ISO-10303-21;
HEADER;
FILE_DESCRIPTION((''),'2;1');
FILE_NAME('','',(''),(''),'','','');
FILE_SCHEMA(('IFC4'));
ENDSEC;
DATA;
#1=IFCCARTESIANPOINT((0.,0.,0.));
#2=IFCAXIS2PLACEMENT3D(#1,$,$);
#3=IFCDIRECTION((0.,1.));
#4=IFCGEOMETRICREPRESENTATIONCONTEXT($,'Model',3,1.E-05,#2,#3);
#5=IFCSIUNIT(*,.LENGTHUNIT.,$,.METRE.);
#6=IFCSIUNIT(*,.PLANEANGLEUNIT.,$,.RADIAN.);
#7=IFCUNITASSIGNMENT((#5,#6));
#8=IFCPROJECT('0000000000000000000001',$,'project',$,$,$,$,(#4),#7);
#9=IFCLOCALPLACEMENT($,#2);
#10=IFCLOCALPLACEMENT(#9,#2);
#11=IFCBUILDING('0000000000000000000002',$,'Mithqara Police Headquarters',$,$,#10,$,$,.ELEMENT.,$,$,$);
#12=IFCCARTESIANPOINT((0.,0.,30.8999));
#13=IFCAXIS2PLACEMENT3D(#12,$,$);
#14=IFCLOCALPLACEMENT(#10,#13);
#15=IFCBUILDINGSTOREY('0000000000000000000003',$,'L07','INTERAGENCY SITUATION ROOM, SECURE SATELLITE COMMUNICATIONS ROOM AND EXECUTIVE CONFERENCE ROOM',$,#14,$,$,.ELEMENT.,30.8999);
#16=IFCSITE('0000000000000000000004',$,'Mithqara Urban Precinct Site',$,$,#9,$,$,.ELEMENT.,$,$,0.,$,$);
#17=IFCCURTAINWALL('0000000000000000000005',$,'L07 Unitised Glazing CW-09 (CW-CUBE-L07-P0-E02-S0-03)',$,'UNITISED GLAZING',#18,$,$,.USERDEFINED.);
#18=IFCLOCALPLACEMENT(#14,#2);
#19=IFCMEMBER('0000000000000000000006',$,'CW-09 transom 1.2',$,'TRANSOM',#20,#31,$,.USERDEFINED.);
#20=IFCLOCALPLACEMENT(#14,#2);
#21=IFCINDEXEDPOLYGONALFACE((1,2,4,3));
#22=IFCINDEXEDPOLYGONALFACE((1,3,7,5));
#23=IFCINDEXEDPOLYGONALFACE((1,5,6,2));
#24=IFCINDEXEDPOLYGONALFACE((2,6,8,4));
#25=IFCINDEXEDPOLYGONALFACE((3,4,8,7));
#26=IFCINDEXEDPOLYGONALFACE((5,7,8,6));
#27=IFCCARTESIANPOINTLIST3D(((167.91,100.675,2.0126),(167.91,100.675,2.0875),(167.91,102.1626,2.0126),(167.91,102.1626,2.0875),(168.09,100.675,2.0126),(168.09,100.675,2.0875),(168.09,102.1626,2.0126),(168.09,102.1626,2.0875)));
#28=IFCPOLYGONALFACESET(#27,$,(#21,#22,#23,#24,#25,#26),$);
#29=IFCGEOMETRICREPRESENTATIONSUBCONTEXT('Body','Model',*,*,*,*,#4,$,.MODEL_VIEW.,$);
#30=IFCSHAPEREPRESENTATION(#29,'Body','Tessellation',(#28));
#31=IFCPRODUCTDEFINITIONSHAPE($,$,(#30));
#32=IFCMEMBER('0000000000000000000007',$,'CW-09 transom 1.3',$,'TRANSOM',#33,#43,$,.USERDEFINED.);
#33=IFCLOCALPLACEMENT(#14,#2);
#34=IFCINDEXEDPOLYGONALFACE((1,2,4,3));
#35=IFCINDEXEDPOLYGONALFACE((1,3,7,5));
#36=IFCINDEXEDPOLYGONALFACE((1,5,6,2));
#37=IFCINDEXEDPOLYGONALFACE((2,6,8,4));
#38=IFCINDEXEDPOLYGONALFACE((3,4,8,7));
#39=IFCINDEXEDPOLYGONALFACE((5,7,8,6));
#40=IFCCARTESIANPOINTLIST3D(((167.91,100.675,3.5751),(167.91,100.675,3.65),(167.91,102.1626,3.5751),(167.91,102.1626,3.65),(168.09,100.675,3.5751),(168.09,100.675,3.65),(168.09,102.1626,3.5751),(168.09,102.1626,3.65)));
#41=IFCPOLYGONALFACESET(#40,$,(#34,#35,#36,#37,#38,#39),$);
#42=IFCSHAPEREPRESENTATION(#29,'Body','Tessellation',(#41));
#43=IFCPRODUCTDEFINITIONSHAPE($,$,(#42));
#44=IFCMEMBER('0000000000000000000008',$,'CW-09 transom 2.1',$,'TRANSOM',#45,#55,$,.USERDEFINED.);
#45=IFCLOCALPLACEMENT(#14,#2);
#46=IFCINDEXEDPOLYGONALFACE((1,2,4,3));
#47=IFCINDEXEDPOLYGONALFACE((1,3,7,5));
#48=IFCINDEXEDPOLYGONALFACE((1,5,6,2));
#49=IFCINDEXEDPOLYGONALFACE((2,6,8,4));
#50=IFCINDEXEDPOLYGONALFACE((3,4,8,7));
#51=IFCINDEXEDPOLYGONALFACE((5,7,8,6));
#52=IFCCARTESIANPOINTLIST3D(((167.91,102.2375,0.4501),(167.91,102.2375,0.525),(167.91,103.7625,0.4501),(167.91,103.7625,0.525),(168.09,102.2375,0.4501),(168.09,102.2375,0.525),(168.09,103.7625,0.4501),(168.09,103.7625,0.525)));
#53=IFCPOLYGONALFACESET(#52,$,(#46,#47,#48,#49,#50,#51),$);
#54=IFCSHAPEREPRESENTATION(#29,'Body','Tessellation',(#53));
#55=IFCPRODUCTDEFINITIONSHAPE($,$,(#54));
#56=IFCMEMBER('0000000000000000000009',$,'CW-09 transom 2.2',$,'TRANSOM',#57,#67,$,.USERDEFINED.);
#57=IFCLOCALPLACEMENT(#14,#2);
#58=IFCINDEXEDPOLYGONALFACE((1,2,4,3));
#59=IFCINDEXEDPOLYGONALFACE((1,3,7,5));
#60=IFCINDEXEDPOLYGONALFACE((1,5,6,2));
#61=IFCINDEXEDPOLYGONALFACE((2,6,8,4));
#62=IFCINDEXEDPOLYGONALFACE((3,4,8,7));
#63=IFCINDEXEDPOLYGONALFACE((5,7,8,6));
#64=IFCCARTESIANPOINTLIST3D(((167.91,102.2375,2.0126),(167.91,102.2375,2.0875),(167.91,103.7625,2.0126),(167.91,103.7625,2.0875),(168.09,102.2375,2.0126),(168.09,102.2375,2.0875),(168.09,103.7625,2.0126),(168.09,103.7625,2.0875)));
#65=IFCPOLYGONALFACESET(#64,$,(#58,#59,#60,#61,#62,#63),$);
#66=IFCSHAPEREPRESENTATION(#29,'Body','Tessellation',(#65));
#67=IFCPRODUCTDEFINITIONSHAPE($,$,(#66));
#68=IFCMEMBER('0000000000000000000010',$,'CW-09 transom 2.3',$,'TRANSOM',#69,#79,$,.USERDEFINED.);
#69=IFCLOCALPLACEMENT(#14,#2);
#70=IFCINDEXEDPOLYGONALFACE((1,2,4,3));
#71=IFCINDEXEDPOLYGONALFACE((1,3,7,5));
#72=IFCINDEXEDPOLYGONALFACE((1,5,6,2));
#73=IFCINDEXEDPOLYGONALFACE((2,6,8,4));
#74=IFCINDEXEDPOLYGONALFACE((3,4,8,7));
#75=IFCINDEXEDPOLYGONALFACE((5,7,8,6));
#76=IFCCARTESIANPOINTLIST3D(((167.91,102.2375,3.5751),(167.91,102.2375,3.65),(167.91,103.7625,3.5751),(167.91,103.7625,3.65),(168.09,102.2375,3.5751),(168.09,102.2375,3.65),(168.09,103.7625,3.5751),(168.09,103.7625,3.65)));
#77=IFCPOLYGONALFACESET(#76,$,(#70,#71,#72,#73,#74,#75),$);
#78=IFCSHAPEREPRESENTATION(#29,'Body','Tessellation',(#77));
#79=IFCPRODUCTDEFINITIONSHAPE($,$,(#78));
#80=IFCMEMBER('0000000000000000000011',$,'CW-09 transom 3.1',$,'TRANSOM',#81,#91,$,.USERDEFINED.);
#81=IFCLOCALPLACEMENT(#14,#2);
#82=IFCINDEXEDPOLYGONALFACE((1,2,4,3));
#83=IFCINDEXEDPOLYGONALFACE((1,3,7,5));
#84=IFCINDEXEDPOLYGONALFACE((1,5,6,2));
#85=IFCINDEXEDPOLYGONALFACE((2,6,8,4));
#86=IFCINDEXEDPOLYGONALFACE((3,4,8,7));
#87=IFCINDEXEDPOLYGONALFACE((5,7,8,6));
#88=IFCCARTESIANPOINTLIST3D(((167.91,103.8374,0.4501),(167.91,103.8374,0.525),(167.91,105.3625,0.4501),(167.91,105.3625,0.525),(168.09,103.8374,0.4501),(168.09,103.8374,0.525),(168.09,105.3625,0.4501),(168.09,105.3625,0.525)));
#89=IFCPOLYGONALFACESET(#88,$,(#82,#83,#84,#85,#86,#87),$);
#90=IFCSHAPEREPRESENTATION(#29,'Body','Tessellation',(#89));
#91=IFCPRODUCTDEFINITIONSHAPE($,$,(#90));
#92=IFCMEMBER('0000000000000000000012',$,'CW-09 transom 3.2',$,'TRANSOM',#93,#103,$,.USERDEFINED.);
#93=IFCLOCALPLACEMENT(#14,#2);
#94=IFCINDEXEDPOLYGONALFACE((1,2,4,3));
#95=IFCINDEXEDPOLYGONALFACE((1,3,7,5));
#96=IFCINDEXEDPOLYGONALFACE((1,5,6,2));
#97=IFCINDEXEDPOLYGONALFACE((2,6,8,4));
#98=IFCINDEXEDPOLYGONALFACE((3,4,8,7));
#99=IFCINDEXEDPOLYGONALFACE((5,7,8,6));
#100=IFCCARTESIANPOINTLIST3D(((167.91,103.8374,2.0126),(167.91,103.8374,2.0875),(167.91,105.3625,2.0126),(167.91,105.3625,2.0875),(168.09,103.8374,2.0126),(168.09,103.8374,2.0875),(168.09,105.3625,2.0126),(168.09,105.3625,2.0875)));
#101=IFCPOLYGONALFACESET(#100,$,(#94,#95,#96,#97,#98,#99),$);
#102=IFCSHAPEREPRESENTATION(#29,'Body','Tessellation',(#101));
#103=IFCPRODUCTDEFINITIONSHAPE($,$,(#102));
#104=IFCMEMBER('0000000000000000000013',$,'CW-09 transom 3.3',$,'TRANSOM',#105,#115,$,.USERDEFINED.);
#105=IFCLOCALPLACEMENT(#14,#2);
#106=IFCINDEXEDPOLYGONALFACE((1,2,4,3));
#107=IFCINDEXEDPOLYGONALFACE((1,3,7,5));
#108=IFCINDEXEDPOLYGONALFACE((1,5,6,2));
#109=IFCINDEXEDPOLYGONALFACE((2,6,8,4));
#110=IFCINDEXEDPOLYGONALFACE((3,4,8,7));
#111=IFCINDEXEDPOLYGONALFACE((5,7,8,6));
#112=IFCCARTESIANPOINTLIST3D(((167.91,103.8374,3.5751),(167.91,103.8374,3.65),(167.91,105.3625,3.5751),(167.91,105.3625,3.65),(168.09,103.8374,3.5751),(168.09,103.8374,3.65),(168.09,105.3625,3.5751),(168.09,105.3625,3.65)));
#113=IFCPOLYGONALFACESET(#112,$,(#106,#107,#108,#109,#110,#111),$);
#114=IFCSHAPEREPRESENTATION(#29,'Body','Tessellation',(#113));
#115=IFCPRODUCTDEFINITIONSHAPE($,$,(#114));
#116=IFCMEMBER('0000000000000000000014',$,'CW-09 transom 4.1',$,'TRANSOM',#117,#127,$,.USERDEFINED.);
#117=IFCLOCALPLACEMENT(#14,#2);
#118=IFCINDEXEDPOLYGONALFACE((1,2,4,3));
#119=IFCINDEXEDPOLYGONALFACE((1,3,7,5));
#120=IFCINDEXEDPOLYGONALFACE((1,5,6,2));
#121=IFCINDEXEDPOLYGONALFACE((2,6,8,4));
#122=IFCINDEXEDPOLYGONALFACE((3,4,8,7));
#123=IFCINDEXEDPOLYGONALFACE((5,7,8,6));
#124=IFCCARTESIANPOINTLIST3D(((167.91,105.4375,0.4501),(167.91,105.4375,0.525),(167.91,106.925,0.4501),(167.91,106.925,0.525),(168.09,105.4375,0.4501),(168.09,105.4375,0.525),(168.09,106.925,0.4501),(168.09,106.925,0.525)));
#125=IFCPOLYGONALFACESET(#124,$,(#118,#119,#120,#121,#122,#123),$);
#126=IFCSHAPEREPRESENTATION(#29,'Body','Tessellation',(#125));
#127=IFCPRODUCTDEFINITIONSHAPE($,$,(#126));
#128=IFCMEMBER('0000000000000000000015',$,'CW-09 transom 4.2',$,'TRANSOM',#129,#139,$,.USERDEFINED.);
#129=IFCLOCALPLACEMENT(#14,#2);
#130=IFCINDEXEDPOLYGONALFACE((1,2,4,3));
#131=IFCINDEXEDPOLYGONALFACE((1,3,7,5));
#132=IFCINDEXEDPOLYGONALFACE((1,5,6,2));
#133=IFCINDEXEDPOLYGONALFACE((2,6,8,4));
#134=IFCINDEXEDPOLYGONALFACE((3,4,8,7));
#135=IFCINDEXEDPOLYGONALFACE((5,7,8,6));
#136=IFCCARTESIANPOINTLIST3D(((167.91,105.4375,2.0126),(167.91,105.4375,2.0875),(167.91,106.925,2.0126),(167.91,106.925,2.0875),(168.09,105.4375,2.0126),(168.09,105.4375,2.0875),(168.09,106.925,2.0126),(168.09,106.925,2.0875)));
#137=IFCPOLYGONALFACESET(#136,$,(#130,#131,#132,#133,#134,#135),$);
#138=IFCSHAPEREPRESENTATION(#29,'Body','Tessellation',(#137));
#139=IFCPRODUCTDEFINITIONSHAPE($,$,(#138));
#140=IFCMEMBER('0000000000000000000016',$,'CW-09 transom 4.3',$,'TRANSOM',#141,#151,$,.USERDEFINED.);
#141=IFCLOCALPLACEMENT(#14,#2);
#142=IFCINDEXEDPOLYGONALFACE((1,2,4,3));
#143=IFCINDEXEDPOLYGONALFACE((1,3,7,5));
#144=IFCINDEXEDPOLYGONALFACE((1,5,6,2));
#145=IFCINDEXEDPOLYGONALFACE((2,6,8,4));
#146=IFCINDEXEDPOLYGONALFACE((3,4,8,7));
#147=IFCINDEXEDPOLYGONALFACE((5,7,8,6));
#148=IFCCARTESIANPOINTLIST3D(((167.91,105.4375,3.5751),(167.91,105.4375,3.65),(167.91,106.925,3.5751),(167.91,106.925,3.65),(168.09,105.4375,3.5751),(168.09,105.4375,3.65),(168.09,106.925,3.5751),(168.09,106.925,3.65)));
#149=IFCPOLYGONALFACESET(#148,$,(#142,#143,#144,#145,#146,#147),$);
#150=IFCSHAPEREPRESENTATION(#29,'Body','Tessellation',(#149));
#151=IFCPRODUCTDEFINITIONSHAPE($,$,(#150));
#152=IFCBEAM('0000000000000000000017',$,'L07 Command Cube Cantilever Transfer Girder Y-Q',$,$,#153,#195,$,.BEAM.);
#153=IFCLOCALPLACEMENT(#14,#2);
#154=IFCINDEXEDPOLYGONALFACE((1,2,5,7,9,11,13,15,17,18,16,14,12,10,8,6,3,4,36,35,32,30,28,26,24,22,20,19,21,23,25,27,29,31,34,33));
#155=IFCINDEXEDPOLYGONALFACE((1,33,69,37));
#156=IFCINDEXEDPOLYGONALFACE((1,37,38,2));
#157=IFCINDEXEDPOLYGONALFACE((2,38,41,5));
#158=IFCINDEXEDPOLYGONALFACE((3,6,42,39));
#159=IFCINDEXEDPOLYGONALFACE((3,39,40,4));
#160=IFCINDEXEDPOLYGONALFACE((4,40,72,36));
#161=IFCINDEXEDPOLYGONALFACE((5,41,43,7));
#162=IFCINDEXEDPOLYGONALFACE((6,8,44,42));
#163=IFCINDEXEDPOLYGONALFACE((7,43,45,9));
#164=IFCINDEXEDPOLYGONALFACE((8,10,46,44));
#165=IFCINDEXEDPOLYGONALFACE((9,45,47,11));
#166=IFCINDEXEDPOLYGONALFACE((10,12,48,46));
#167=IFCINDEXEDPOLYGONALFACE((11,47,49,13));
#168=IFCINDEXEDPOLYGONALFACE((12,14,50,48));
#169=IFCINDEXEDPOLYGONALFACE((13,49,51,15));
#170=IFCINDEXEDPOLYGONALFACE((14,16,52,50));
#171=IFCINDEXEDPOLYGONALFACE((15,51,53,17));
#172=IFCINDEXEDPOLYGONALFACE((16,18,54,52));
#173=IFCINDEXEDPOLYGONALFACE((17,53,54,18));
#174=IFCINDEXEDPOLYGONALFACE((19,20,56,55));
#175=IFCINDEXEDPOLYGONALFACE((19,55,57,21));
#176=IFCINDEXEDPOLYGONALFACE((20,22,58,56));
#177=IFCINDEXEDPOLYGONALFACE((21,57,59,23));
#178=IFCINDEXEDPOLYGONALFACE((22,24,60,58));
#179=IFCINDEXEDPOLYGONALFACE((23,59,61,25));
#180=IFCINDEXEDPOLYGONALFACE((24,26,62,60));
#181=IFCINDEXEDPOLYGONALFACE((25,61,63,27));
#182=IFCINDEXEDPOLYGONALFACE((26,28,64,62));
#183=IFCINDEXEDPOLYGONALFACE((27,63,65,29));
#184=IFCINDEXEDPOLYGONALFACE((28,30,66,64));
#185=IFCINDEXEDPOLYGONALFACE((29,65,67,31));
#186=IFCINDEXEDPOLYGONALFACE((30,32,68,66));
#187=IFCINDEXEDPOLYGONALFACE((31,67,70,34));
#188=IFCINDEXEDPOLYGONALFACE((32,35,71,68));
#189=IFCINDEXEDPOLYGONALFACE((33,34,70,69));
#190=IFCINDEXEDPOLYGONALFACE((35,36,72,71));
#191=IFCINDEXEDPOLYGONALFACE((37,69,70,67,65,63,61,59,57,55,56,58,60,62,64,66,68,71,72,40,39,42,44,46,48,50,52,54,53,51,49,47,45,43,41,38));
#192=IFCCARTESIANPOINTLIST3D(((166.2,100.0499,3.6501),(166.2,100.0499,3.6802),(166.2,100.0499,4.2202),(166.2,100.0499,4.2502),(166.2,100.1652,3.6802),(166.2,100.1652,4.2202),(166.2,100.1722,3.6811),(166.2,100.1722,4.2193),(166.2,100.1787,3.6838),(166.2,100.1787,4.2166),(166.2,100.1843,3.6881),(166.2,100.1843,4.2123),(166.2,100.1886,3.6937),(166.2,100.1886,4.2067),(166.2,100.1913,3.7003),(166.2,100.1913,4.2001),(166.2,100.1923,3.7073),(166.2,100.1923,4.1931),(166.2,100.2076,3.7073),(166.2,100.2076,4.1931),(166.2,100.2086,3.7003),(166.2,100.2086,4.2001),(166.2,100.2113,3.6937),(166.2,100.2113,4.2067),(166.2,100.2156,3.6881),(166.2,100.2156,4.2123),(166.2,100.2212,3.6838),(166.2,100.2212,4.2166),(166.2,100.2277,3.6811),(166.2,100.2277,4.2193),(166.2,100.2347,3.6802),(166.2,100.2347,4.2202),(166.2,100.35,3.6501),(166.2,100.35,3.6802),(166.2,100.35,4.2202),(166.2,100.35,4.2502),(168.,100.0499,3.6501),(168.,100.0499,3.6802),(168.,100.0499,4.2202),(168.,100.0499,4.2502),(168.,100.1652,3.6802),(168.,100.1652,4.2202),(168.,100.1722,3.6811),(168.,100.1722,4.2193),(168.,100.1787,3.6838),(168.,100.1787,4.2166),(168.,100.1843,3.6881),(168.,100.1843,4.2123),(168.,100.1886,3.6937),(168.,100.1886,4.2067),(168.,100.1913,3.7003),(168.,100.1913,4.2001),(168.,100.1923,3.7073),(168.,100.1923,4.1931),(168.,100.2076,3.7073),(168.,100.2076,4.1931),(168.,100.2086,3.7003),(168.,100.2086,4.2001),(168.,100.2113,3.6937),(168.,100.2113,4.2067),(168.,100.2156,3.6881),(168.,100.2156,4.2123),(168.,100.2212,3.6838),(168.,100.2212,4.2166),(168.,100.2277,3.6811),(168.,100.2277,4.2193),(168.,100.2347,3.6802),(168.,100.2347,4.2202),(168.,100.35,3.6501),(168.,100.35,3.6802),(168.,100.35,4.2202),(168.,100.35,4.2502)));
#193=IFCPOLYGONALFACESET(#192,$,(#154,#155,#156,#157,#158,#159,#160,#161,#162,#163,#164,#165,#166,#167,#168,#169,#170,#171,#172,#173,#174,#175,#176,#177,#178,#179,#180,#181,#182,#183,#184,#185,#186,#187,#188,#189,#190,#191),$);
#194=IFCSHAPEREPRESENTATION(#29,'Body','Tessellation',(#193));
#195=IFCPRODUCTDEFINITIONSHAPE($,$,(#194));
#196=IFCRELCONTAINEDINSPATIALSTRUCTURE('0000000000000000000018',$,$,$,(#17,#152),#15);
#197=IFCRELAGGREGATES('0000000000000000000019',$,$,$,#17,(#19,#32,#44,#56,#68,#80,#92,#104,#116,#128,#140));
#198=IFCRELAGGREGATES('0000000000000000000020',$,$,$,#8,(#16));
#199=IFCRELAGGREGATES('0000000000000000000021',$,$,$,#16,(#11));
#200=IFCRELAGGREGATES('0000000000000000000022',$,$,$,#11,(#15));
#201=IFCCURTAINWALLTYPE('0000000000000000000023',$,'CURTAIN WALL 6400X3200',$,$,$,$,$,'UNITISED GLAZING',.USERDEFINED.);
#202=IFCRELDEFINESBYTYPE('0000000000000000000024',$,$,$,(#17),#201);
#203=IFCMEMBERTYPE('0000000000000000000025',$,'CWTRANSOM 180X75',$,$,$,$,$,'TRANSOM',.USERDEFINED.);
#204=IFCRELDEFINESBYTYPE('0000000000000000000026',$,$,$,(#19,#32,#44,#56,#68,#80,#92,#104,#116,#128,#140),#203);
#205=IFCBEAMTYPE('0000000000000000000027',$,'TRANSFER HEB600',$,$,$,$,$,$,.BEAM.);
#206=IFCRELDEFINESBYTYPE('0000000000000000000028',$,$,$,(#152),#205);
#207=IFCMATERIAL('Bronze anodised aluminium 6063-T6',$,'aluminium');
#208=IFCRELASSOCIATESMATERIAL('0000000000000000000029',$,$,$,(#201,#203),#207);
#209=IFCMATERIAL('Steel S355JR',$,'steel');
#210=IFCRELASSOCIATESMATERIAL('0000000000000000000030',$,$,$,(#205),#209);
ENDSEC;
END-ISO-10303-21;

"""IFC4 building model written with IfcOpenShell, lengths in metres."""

from ifc_helpers import new_model, si_unit, direction, frame, origin, origin_2d, place, context, subcontext, project, spatial, rectangle, i_section, extrude, material, material_profile, profile_set, type_object, element, aggregate, save


model = new_model("IFC4")

# Units and contexts
model_context = context("Model", 3, precision=1e-05, world=origin(), true_north=direction((0.0, 1.0)))
body_context = subcontext(model_context, "Body", "Model", "MODEL_VIEW")
ifc_project = project(units=[si_unit("LENGTHUNIT", "METRE"), si_unit("PLANEANGLEUNIT", "RADIAN")], contexts=[model_context])

# Site, building, storey
site_placement = place(None, origin())
site = spatial("IfcSite", under=ifc_project, at=site_placement, Name="Mithqara Urban Precinct Site", CompositionType="ELEMENT", RefElevation=0.0)
building_placement = place(site_placement, origin())
building = spatial("IfcBuilding", under=site, at=building_placement, Name="Mithqara Police Headquarters", CompositionType="ELEMENT")
storey_placement = place(building_placement, frame((0.0, 0.0, 30.8999)))
storey = spatial("IfcBuildingStorey", under=building, at=storey_placement, Name="L07", Description="INTERAGENCY SITUATION ROOM, SECURE SATELLITE COMMUNICATIONS ROOM AND EXECUTIVE CONFERENCE ROOM", CompositionType="ELEMENT", Elevation=30.8999)

# Shared definitions
ifc_material_1 = material(Name="Steel S355JR", Category="steel")

# Curtain wall
ifc_material_2 = material(Name="Bronze anodised aluminium 6063-T6", Category="aluminium")
curtain_wall_type = type_object("IfcCurtainWallType", Name="CURTAIN WALL 6400X3200", ElementType="UNITISED GLAZING", PredefinedType="USERDEFINED", material=ifc_material_2)
curtain_wall_1_placement = place(storey_placement, origin())
curtain_wall_1 = element("IfcCurtainWall", 1, at=curtain_wall_1_placement, inside=storey, type_object=curtain_wall_type, Name="L07 Unitised Glazing CW-09 (CW-CUBE-L07-P0-E02-S0-03)", ObjectType="UNITISED GLAZING", PredefinedType="USERDEFINED")

# Members
ifc_material_profile_1 = material_profile(ifc_material_2, rectangle(XDim=0.1799, YDim=0.075, at=origin_2d()), Name="CWT 180x75")
ifc_profile_set_1 = profile_set([ifc_material_profile_1], Name="Bronze anodised aluminium 6063-T6")
member_type_1 = type_object("IfcMemberType", Name="CWTRANSOM 180X75", ElementType="TRANSOM", PredefinedType="USERDEFINED", material=ifc_profile_set_1)
member_1_placement = place(storey_placement, frame((168.0, 100.675, 2.05), z_axis=(0.0, 1.0, 0.0), x_axis=(-1.0, 0.0, 0.0)))
member_1 = element("IfcMember", 2, at=member_1_placement, type_object=member_type_1, Name="CW-09 transom 1.2", ObjectType="TRANSOM", PredefinedType="USERDEFINED", context=body_context, shape_type="SweptSolid", body=[
    extrude(rectangle(XDim=0.1799, YDim=0.075, at=origin_2d()), origin(), (0.0, 0.0, 1.0), 1.4875),
])
member_2_placement = place(storey_placement, frame((168.0, 100.675, 3.6125), z_axis=(0.0, 1.0, 0.0), x_axis=(-1.0, 0.0, 0.0)))
member_2 = element("IfcMember", 3, at=member_2_placement, type_object=member_type_1, Name="CW-09 transom 1.3", ObjectType="TRANSOM", PredefinedType="USERDEFINED", context=body_context, shape_type="SweptSolid", body=[
    extrude(rectangle(XDim=0.1799, YDim=0.075, at=origin_2d()), origin(), (0.0, 0.0, 1.0), 1.4875),
])
member_3_placement = place(storey_placement, frame((168.0, 102.2375, 0.4875), z_axis=(0.0, 1.0, 0.0), x_axis=(-1.0, 0.0, 0.0)))
member_3 = element("IfcMember", 4, at=member_3_placement, type_object=member_type_1, Name="CW-09 transom 2.1", ObjectType="TRANSOM", PredefinedType="USERDEFINED", context=body_context, shape_type="SweptSolid", body=[
    extrude(rectangle(XDim=0.1799, YDim=0.075, at=origin_2d()), origin(), (0.0, 0.0, 1.0), 1.5249),
])
member_4_placement = place(storey_placement, frame((168.0, 102.2375, 2.05), z_axis=(0.0, 1.0, 0.0), x_axis=(-1.0, 0.0, 0.0)))
member_4 = element("IfcMember", 5, at=member_4_placement, type_object=member_type_1, Name="CW-09 transom 2.2", ObjectType="TRANSOM", PredefinedType="USERDEFINED", context=body_context, shape_type="SweptSolid", body=[
    extrude(rectangle(XDim=0.1799, YDim=0.075, at=origin_2d()), origin(), (0.0, 0.0, 1.0), 1.5249),
])
member_5_placement = place(storey_placement, frame((168.0, 102.2375, 3.6125), z_axis=(0.0, 1.0, 0.0), x_axis=(-1.0, 0.0, 0.0)))
member_5 = element("IfcMember", 6, at=member_5_placement, type_object=member_type_1, Name="CW-09 transom 2.3", ObjectType="TRANSOM", PredefinedType="USERDEFINED", context=body_context, shape_type="SweptSolid", body=[
    extrude(rectangle(XDim=0.1799, YDim=0.075, at=origin_2d()), origin(), (0.0, 0.0, 1.0), 1.5249),
])
member_6_placement = place(storey_placement, frame((168.0, 103.8374, 0.4875), z_axis=(0.0, 1.0, 0.0), x_axis=(-1.0, 0.0, 0.0)))
member_6 = element("IfcMember", 7, at=member_6_placement, type_object=member_type_1, Name="CW-09 transom 3.1", ObjectType="TRANSOM", PredefinedType="USERDEFINED", context=body_context, shape_type="SweptSolid", body=[
    extrude(rectangle(XDim=0.1799, YDim=0.075, at=origin_2d()), origin(), (0.0, 0.0, 1.0), 1.5251),
])
member_7_placement = place(storey_placement, frame((168.0, 103.8374, 2.05), z_axis=(0.0, 1.0, 0.0), x_axis=(-1.0, 0.0, 0.0)))
member_7 = element("IfcMember", 8, at=member_7_placement, type_object=member_type_1, Name="CW-09 transom 3.2", ObjectType="TRANSOM", PredefinedType="USERDEFINED", context=body_context, shape_type="SweptSolid", body=[
    extrude(rectangle(XDim=0.1799, YDim=0.075, at=origin_2d()), origin(), (0.0, 0.0, 1.0), 1.5251),
])
member_8_placement = place(storey_placement, frame((168.0, 103.8374, 3.6125), z_axis=(0.0, 1.0, 0.0), x_axis=(-1.0, 0.0, 0.0)))
member_8 = element("IfcMember", 9, at=member_8_placement, type_object=member_type_1, Name="CW-09 transom 3.3", ObjectType="TRANSOM", PredefinedType="USERDEFINED", context=body_context, shape_type="SweptSolid", body=[
    extrude(rectangle(XDim=0.1799, YDim=0.075, at=origin_2d()), origin(), (0.0, 0.0, 1.0), 1.5251),
])
member_9_placement = place(storey_placement, frame((168.0, 105.4375, 0.4875), z_axis=(0.0, 1.0, 0.0), x_axis=(-1.0, 0.0, 0.0)))
member_9 = element("IfcMember", 10, at=member_9_placement, type_object=member_type_1, Name="CW-09 transom 4.1", ObjectType="TRANSOM", PredefinedType="USERDEFINED", context=body_context, shape_type="SweptSolid", body=[
    extrude(rectangle(XDim=0.1799, YDim=0.075, at=origin_2d()), origin(), (0.0, 0.0, 1.0), 1.4875),
])
member_10_placement = place(storey_placement, frame((168.0, 105.4375, 2.05), z_axis=(0.0, 1.0, 0.0), x_axis=(-1.0, 0.0, 0.0)))
member_10 = element("IfcMember", 11, at=member_10_placement, type_object=member_type_1, Name="CW-09 transom 4.2", ObjectType="TRANSOM", PredefinedType="USERDEFINED", context=body_context, shape_type="SweptSolid", body=[
    extrude(rectangle(XDim=0.1799, YDim=0.075, at=origin_2d()), origin(), (0.0, 0.0, 1.0), 1.4875),
])
member_11_placement = place(storey_placement, frame((168.0, 105.4375, 3.6125), z_axis=(0.0, 1.0, 0.0), x_axis=(-1.0, 0.0, 0.0)))
member_11 = element("IfcMember", 12, at=member_11_placement, type_object=member_type_1, Name="CW-09 transom 4.3", ObjectType="TRANSOM", PredefinedType="USERDEFINED", context=body_context, shape_type="SweptSolid", body=[
    extrude(rectangle(XDim=0.1799, YDim=0.075, at=origin_2d()), origin(), (0.0, 0.0, 1.0), 1.4875),
])

# Beam
ifc_material_profile_2 = material_profile(ifc_material_1, i_section(OverallWidth=0.3, OverallDepth=0.6001, WebThickness=0.0154, FlangeThickness=0.03, FilletRadius=0.0271, at=origin_2d()), Name="HEB 600")
ifc_profile_set_2 = profile_set([ifc_material_profile_2], Name="Steel S355JR")
beam_type = type_object("IfcBeamType", Name="TRANSFER HEB600", PredefinedType="BEAM", material=ifc_profile_set_2)
for number, where, z_axis, x_axis, name in (
    (13, (166.2, 100.2, 3.9502), (1.0, 0.0, 0.0), (0.0, 1.0, 0.0), "L07 Command Cube Cantilever Transfer Girder Y-Q"),
):
    element("IfcBeam", number, at=place(storey_placement, frame(where, z_axis=z_axis, x_axis=x_axis)), inside=storey, type_object=beam_type, Name=name, PredefinedType="BEAM", context=body_context, shape_type="SweptSolid", body=[
        extrude(i_section(OverallWidth=0.3, OverallDepth=0.6001, WebThickness=0.0154, FlangeThickness=0.03, FilletRadius=0.0271, at=origin_2d()), origin(), (0.0, 0.0, 1.0), 1.8),
    ])

aggregate(curtain_wall_1, [member_1, member_2, member_3, member_4, member_5, member_6, member_7, member_8, member_9, member_10, member_11])

save(model, "model.ifc")
